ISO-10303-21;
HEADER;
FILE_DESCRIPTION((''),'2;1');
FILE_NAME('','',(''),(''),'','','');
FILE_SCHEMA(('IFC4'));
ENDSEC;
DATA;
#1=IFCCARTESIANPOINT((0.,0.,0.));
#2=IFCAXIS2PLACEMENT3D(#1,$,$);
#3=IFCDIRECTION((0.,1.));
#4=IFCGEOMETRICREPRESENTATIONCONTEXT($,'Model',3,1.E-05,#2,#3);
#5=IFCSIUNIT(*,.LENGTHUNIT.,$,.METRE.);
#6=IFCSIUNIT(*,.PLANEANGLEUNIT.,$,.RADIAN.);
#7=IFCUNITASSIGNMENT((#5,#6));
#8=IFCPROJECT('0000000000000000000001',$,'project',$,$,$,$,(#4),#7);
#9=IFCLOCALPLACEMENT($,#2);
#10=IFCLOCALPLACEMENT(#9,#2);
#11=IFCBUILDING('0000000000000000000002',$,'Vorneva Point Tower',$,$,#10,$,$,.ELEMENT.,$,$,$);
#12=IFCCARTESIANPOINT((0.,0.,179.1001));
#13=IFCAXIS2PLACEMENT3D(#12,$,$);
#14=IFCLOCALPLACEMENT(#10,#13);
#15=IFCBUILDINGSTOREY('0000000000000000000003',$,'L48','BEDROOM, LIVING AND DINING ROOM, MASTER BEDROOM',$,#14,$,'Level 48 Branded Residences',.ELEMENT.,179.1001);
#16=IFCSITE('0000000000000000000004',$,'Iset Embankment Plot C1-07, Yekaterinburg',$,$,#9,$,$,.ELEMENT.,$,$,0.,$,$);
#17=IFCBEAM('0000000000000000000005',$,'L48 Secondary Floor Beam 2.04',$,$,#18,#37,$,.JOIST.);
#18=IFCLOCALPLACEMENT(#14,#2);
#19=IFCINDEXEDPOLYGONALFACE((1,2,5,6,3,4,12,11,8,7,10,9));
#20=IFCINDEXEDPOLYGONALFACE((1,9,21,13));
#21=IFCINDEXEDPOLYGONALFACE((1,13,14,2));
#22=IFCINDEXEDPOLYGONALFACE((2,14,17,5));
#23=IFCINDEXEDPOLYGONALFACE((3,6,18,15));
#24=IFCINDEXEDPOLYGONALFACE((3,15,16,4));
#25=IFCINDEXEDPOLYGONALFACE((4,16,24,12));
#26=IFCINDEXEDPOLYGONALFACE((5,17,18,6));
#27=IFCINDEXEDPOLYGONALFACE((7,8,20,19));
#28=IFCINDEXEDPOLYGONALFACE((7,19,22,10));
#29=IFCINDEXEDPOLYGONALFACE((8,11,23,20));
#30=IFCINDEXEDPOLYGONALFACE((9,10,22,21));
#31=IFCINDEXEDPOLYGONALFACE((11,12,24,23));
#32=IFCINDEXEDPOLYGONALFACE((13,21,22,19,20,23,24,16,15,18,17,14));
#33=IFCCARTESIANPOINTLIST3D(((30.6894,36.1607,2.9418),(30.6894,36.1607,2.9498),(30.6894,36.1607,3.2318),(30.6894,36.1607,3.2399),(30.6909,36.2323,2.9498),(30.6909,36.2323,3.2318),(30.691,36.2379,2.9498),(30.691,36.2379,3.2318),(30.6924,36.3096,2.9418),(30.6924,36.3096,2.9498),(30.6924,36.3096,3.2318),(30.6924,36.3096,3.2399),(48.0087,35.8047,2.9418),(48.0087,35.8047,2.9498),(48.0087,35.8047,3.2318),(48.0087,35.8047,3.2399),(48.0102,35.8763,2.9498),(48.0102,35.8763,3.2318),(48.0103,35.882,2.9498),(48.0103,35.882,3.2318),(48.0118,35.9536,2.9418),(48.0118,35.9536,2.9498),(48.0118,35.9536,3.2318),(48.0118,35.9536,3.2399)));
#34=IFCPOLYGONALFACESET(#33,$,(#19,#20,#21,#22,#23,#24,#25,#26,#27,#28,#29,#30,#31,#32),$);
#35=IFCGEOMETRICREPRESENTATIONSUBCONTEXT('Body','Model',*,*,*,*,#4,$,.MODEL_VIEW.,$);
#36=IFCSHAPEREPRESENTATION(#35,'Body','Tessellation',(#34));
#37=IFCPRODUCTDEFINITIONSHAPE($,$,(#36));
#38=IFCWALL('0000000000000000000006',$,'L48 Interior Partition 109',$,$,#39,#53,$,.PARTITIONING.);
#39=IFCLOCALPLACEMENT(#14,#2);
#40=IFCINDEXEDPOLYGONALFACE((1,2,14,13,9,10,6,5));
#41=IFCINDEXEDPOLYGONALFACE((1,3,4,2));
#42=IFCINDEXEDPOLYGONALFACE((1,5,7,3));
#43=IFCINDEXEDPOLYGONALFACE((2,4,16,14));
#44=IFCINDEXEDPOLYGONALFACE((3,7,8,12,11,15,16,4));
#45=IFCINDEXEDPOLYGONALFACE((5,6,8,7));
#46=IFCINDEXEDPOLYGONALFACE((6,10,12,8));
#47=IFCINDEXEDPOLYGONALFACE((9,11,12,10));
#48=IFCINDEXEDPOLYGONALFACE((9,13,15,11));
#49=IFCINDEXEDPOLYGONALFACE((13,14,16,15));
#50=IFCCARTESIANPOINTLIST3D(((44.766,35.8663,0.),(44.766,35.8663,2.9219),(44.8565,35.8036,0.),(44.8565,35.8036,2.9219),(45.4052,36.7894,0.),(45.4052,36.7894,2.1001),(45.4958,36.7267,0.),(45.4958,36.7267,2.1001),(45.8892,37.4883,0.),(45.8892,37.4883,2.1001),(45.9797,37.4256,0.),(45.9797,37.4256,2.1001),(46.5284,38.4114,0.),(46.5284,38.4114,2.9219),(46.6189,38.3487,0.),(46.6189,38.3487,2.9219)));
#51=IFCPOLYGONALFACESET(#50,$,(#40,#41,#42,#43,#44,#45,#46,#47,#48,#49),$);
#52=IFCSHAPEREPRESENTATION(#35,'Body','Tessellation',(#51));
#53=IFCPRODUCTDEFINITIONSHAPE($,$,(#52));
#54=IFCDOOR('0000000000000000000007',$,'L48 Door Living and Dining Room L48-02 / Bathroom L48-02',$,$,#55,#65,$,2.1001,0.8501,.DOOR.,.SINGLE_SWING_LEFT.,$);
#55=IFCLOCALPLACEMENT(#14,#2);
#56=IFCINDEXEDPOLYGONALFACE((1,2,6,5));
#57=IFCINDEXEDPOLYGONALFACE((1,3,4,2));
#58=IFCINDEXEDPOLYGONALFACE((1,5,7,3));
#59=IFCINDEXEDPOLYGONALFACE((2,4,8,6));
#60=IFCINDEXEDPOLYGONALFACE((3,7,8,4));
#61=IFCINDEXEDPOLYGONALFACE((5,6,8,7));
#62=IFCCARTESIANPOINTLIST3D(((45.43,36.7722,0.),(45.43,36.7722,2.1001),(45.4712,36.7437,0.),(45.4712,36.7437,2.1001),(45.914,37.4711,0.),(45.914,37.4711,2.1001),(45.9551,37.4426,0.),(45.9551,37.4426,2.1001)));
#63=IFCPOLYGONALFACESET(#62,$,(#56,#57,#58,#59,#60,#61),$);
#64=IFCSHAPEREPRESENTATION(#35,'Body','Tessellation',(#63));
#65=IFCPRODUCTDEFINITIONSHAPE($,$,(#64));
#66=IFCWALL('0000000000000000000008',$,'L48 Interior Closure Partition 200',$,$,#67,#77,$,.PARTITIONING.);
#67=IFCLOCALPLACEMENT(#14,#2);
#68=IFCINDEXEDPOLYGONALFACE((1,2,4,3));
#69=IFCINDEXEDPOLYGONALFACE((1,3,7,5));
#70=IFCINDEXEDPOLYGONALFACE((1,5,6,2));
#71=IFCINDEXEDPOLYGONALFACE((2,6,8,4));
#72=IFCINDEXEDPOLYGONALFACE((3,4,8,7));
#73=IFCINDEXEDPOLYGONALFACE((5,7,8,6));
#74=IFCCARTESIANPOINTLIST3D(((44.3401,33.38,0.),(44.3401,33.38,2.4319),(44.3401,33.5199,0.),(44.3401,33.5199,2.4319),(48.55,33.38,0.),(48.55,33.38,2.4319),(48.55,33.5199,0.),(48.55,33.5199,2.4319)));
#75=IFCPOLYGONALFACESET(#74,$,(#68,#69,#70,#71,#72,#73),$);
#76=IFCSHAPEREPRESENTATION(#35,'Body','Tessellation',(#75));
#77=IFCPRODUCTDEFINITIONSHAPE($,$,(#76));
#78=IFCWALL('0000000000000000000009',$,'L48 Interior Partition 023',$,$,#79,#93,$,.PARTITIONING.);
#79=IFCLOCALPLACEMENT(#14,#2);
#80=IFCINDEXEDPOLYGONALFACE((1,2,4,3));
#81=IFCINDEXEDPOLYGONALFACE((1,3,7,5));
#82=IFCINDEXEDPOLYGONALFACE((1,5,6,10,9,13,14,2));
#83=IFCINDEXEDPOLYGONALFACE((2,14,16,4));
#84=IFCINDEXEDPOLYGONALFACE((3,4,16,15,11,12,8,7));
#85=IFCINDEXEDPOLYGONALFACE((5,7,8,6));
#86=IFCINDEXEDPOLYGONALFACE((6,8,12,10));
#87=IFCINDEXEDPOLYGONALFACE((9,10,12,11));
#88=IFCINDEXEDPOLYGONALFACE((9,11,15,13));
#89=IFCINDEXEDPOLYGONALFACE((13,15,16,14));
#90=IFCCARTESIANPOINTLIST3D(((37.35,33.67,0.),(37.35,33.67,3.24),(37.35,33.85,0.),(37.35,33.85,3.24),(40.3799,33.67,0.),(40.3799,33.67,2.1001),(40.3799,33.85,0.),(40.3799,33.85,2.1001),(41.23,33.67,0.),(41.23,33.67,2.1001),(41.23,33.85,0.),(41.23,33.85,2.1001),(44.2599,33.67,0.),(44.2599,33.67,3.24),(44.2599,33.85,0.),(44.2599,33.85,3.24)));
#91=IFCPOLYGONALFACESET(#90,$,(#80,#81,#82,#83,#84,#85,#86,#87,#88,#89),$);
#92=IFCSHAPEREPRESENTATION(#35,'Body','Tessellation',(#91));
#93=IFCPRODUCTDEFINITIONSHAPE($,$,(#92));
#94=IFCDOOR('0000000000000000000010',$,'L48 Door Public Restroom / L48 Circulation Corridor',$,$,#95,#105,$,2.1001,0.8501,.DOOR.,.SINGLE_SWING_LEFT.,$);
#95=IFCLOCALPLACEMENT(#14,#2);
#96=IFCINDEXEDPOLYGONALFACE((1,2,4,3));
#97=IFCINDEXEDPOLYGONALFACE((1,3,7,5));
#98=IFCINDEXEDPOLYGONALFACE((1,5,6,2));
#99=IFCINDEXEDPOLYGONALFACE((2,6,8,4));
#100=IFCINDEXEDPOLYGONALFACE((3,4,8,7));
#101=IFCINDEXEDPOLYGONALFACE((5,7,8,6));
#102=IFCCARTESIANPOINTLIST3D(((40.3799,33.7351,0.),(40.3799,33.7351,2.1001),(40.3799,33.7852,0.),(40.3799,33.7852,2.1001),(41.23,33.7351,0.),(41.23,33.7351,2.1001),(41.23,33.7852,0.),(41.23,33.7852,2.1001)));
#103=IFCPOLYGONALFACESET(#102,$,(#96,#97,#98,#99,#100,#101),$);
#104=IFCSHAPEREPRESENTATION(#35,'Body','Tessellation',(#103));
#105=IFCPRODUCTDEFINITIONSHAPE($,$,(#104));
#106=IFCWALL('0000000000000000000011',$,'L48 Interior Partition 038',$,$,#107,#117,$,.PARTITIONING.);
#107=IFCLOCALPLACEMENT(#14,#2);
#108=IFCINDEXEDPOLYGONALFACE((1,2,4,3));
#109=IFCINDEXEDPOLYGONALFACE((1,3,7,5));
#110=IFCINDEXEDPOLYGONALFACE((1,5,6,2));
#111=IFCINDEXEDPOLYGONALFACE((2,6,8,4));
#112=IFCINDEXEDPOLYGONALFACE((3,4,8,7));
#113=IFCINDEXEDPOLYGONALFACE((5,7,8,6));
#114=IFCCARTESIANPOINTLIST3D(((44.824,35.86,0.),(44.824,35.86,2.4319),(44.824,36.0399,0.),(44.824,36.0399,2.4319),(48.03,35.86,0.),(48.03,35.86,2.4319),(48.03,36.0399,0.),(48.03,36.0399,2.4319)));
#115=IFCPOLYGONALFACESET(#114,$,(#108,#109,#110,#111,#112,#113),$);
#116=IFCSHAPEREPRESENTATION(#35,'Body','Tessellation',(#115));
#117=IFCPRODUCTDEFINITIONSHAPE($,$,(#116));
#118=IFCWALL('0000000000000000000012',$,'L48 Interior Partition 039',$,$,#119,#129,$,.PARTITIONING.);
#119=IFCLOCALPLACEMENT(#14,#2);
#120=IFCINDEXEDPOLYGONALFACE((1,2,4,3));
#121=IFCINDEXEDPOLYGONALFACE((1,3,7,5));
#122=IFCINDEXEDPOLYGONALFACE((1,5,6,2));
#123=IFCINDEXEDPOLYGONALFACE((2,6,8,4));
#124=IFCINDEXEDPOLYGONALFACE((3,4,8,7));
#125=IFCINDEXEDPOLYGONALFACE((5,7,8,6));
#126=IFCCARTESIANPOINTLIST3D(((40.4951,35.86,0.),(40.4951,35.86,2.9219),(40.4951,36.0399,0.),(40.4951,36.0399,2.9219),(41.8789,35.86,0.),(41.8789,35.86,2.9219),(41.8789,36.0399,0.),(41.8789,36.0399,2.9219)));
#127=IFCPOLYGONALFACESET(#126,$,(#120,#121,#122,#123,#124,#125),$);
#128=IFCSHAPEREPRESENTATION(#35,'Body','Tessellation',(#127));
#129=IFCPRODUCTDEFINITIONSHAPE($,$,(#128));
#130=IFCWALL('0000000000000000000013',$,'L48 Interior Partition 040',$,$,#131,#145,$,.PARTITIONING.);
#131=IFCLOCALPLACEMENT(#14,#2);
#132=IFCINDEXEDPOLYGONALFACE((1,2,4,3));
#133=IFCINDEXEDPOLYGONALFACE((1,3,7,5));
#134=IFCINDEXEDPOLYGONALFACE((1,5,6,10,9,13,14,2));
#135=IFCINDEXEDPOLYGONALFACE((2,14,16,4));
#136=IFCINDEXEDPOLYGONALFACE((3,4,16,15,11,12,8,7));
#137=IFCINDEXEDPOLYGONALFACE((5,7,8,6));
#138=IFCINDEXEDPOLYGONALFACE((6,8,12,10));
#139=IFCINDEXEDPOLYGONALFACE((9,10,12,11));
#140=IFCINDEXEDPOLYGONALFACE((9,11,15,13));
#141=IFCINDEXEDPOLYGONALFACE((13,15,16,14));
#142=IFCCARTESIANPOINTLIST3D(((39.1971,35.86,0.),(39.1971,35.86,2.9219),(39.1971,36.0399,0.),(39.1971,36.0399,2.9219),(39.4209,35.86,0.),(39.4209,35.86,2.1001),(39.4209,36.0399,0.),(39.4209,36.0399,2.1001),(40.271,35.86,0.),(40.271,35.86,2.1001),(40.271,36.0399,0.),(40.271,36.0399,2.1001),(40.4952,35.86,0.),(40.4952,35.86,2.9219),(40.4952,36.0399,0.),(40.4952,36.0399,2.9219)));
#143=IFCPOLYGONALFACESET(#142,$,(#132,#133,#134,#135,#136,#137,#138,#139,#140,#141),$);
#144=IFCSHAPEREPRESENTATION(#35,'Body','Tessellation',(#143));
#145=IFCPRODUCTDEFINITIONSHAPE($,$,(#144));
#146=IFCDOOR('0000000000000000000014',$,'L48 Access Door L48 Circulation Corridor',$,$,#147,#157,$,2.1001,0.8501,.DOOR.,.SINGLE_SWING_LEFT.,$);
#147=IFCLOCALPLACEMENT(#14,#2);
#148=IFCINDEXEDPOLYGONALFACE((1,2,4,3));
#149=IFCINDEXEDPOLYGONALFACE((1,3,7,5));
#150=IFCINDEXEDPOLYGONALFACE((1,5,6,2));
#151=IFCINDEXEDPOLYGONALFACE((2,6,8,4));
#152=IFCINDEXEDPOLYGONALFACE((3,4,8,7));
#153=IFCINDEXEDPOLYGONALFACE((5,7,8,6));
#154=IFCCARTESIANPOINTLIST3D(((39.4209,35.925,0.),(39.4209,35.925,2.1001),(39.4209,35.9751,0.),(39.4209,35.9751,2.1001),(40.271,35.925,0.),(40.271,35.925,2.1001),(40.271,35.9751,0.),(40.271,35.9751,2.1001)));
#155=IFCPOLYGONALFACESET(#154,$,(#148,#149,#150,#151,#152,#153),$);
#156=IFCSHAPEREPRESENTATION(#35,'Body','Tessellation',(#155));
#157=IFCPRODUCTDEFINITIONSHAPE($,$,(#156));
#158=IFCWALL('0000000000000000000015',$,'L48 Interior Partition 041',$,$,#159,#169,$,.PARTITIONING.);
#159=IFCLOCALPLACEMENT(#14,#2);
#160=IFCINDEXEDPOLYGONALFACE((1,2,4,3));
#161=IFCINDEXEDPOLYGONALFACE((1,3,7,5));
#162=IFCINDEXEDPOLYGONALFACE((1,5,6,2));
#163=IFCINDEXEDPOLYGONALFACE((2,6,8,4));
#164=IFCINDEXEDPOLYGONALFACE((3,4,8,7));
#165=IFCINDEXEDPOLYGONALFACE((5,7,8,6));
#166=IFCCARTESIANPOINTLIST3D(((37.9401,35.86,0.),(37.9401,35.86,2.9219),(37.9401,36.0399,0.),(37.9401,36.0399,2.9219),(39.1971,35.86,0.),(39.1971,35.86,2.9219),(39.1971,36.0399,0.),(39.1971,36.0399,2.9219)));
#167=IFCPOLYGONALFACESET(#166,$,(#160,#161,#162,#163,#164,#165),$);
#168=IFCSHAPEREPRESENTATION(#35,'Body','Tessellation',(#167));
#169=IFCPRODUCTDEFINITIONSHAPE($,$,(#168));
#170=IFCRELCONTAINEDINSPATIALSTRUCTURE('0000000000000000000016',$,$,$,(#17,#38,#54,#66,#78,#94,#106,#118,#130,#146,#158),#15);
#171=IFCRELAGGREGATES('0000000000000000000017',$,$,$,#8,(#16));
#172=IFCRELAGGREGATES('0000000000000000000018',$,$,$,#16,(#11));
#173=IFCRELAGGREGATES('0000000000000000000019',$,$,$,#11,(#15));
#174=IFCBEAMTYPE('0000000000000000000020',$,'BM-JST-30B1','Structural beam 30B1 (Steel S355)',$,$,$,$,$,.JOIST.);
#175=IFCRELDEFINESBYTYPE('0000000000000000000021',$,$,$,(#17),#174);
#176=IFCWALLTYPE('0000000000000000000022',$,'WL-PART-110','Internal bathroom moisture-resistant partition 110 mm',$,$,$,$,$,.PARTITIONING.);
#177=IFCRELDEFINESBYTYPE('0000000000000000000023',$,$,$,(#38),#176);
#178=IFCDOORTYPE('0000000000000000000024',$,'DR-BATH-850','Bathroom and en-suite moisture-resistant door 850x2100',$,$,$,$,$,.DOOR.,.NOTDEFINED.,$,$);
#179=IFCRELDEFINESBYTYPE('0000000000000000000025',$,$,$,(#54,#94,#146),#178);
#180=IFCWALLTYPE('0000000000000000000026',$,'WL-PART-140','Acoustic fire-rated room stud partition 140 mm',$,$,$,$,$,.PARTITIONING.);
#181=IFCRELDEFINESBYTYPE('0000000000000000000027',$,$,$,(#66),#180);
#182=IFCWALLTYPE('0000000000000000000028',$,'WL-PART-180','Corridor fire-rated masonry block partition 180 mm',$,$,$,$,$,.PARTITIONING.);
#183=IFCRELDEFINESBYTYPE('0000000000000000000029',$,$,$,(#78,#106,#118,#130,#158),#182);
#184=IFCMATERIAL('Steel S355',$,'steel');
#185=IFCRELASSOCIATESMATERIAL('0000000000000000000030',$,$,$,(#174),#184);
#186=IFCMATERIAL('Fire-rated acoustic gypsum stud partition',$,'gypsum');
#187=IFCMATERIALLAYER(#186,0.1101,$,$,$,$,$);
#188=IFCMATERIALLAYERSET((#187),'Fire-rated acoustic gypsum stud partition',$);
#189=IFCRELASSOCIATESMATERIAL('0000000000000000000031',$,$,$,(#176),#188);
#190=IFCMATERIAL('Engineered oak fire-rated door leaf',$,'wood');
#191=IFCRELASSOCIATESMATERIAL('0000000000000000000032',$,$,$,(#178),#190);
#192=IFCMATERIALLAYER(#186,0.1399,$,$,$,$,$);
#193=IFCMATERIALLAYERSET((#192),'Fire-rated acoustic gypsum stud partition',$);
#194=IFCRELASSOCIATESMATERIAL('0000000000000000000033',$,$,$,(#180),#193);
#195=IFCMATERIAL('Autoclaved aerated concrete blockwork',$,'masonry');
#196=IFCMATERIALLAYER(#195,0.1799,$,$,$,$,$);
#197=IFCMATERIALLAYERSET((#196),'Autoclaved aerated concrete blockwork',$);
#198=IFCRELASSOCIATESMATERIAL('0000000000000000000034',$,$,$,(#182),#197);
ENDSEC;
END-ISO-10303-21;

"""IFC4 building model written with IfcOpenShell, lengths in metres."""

from ifc_helpers import new_model, si_unit, direction, frame, frame_2d, origin, origin_2d, place, context, subcontext, project, spatial, rectangle, i_section, extrude, material, layer, layer_set, material_profile, profile_set, type_object, element, fill, save


model = new_model("IFC4")

# Units and contexts
model_context = context("Model", 3, precision=1e-05, world=origin(), true_north=direction((0.0, 1.0)))
body_context = subcontext(model_context, "Body", "Model", "MODEL_VIEW")
ifc_project = project(units=[si_unit("LENGTHUNIT", "METRE"), si_unit("PLANEANGLEUNIT", "RADIAN")], contexts=[model_context])

# Site, building, storey
site_placement = place(None, origin())
site = spatial("IfcSite", under=ifc_project, at=site_placement, Name="Iset Embankment Plot C1-07, Yekaterinburg", CompositionType="ELEMENT", RefElevation=0.0)
building_placement = place(site_placement, origin())
building = spatial("IfcBuilding", under=site, at=building_placement, Name="Vorneva Point Tower", CompositionType="ELEMENT")
storey_placement = place(building_placement, frame((0.0, 0.0, 179.1001)))
storey = spatial("IfcBuildingStorey", under=building, at=storey_placement, Name="L48", Description="BEDROOM, LIVING AND DINING ROOM, MASTER BEDROOM", LongName="Level 48 Branded Residences", CompositionType="ELEMENT", Elevation=179.1001)

# Beam
ifc_material_1 = material(Name="Steel S355", Category="steel")
ifc_material_profile = material_profile(ifc_material_1, i_section(OverallWidth=0.1489, OverallDepth=0.2981, WebThickness=0.0056, FlangeThickness=0.0081, at=origin_2d()), Name="30B1")
ifc_profile_set = profile_set([ifc_material_profile], Name="Steel S355")
beam_type = type_object("IfcBeamType", Name="BM-JST-30B1", Description="Structural beam 30B1 (Steel S355)", PredefinedType="JOIST", material=ifc_profile_set)
beam_placement = place(storey_placement, frame((48.0103, 35.8792, 3.0908), z_axis=(-0.999789, 0.020548, 0.0), x_axis=(-0.020548, -0.999789, 0.0)))
element("IfcBeam", 1, at=beam_placement, inside=storey, type_object=beam_type, Name="L48 Secondary Floor Beam 2.04", PredefinedType="JOIST", context=body_context, shape_type="SweptSolid", body=[
    extrude(i_section(OverallWidth=0.1489, OverallDepth=0.2981, WebThickness=0.0056, FlangeThickness=0.0081, at=origin_2d()), origin(), (0.0, 0.0, 1.0), 17.323),
])

# Wall, opening, door
ifc_material_2 = material(Name="Fire-rated acoustic gypsum stud partition", Category="gypsum")
ifc_layer_1 = layer(ifc_material_2, 0.1101)
ifc_layer_set_1 = layer_set([ifc_layer_1], Name="Fire-rated acoustic gypsum stud partition")
wall_type_1 = type_object("IfcWallType", Name="WL-PART-110", Description="Internal bathroom moisture-resistant partition 110 mm", PredefinedType="PARTITIONING", material=ifc_layer_set_1)
wall_1_placement = place(storey_placement, frame((44.8113, 35.835, 0.0), z_axis=(0.0, 0.0, 1.0), x_axis=(0.5693, 0.82213, 0.0)))
wall_1 = element("IfcWall", 2, at=wall_1_placement, inside=storey, type_object=wall_type_1, Name="L48 Interior Partition 109", PredefinedType="PARTITIONING", context=body_context, shape_type="SweptSolid", body=[
    extrude(rectangle(XDim=3.0957, YDim=0.1101, at=frame_2d((1.5479, 0.0))), origin(), (0.0, 0.0, 1.0), 2.9219),
])
opening_1_placement = place(wall_1_placement, frame((1.1228, 0.0, 0.0)))
opening_1 = element("IfcOpeningElement", 3, at=opening_1_placement, cuts=wall_1, PredefinedType="OPENING", context=body_context, shape_type="SweptSolid", body=[
    extrude(rectangle(XDim=0.8501, YDim=2.1001, at=frame_2d((0.425, 1.05))), frame((0.0, 0.0698, 0.0), z_axis=(0.0, -1.0, 0.0), x_axis=(1.0, 0.0, 0.0)), (0.0, 0.0, 1.0), 0.1399),
])
ifc_material_3 = material(Name="Engineered oak fire-rated door leaf", Category="wood")
door_type_1 = type_object("IfcDoorType", Name="DR-BATH-850", Description="Bathroom and en-suite moisture-resistant door 850x2100", OperationType="NOTDEFINED", PredefinedType="DOOR", material=ifc_material_3)
door_1_placement = place(opening_1_placement, origin())
door_1 = element("IfcDoor", 4, at=door_1_placement, inside=storey, type_object=door_type_1, Name="L48 Door Living and Dining Room L48-02 / Bathroom L48-02", OperationType="SINGLE_SWING_LEFT", OverallHeight=2.1001, OverallWidth=0.8501, PredefinedType="DOOR", context=body_context, shape_type="SweptSolid", body=[
    extrude(rectangle(XDim=0.8501, YDim=2.1001, at=frame_2d((0.425, 1.05))), frame((0.0, 0.0249, 0.0), z_axis=(0.0, -1.0, 0.0), x_axis=(1.0, 0.0, 0.0)), (0.0, 0.0, 1.0), 0.05),
])
fill(opening_1, door_1)

# Wall
ifc_layer_2 = layer(ifc_material_2, 0.1399)
ifc_layer_set_2 = layer_set([ifc_layer_2], Name="Fire-rated acoustic gypsum stud partition")
wall_type_2 = type_object("IfcWallType", Name="WL-PART-140", Description="Acoustic fire-rated room stud partition 140 mm", PredefinedType="PARTITIONING", material=ifc_layer_set_2)
wall_2_placement = place(storey_placement, frame((48.55, 33.45, 0.0), z_axis=(0.0, 0.0, 1.0), x_axis=(-1.0, 0.0, 0.0)))
element("IfcWall", 5, at=wall_2_placement, inside=storey, type_object=wall_type_2, Name="L48 Interior Closure Partition 200", PredefinedType="PARTITIONING", context=body_context, shape_type="SweptSolid", body=[
    extrude(rectangle(XDim=4.21, YDim=0.1399, at=frame_2d((2.105, 0.0))), origin(), (0.0, 0.0, 1.0), 2.4319),
])

# Wall, opening, door
ifc_material_4 = material(Name="Autoclaved aerated concrete blockwork", Category="masonry")
ifc_layer_3 = layer(ifc_material_4, 0.1799)
ifc_layer_set_3 = layer_set([ifc_layer_3], Name="Autoclaved aerated concrete blockwork")
wall_type_3 = type_object("IfcWallType", Name="WL-PART-180", Description="Corridor fire-rated masonry block partition 180 mm", PredefinedType="PARTITIONING", material=ifc_layer_set_3)
wall_3_placement = place(storey_placement, frame((44.26, 33.76, 0.0), z_axis=(0.0, 0.0, 1.0), x_axis=(-1.0, 0.0, 0.0)))
wall_3 = element("IfcWall", 6, at=wall_3_placement, inside=storey, type_object=wall_type_3, Name="L48 Interior Partition 023", PredefinedType="PARTITIONING", context=body_context, shape_type="SweptSolid", body=[
    extrude(rectangle(XDim=6.9099, YDim=0.1799, at=frame_2d((3.4551, 0.0))), origin(), (0.0, 0.0, 1.0), 3.24),
])
opening_2_placement = place(wall_3_placement, frame((3.03, 0.0, 0.0)))
opening_2 = element("IfcOpeningElement", 7, at=opening_2_placement, cuts=wall_3, PredefinedType="OPENING", context=body_context, shape_type="SweptSolid", body=[
    extrude(rectangle(XDim=0.8501, YDim=2.1001, at=frame_2d((0.425, 1.05))), frame((0.0, 0.105, 0.0), z_axis=(0.0, -1.0, 0.0), x_axis=(1.0, 0.0, 0.0)), (0.0, 0.0, 1.0), 0.2097),
])
door_2_placement = place(opening_2_placement, origin())
door_2 = element("IfcDoor", 8, at=door_2_placement, inside=storey, type_object=door_type_1, Name="L48 Door Public Restroom / L48 Circulation Corridor", OperationType="SINGLE_SWING_LEFT", OverallHeight=2.1001, OverallWidth=0.8501, PredefinedType="DOOR", context=body_context, shape_type="SweptSolid", body=[
    extrude(rectangle(XDim=0.8501, YDim=2.1001, at=frame_2d((0.425, 1.05))), frame((0.0, 0.0249, 0.0), z_axis=(0.0, -1.0, 0.0), x_axis=(1.0, 0.0, 0.0)), (0.0, 0.0, 1.0), 0.05),
])
fill(opening_2, door_2)

# Walls
wall_4_placement = place(storey_placement, frame((48.03, 35.95, 0.0), z_axis=(0.0, 0.0, 1.0), x_axis=(-1.0, 0.0, 0.0)))
element("IfcWall", 9, at=wall_4_placement, inside=storey, type_object=wall_type_3, Name="L48 Interior Partition 038", PredefinedType="PARTITIONING", context=body_context, shape_type="SweptSolid", body=[
    extrude(rectangle(XDim=3.2061, YDim=0.1799, at=frame_2d((1.603, 0.0))), origin(), (0.0, 0.0, 1.0), 2.4319),
])
wall_5_placement = place(storey_placement, frame((41.8789, 35.95, 0.0), z_axis=(0.0, 0.0, 1.0), x_axis=(-1.0, 0.0, 0.0)))
element("IfcWall", 10, at=wall_5_placement, inside=storey, type_object=wall_type_3, Name="L48 Interior Partition 039", PredefinedType="PARTITIONING", context=body_context, shape_type="SweptSolid", body=[
    extrude(rectangle(XDim=1.3838, YDim=0.1799, at=frame_2d((0.6919, 0.0))), origin(), (0.0, 0.0, 1.0), 2.9219),
])

# Wall, opening, door
wall_6_placement = place(storey_placement, frame((40.4951, 35.95, 0.0), z_axis=(0.0, 0.0, 1.0), x_axis=(-1.0, 0.0, 0.0)))
wall_6 = element("IfcWall", 11, at=wall_6_placement, inside=storey, type_object=wall_type_3, Name="L48 Interior Partition 040", PredefinedType="PARTITIONING", context=body_context, shape_type="SweptSolid", body=[
    extrude(rectangle(XDim=1.2981, YDim=0.1799, at=frame_2d((0.6489, 0.0))), origin(), (0.0, 0.0, 1.0), 2.9219),
])
opening_3_placement = place(wall_6_placement, frame((0.2241, 0.0, 0.0)))
opening_3 = element("IfcOpeningElement", 12, at=opening_3_placement, cuts=wall_6, PredefinedType="OPENING", context=body_context, shape_type="SweptSolid", body=[
    extrude(rectangle(XDim=0.8501, YDim=2.1001, at=frame_2d((0.425, 1.05))), frame((0.0, 0.105, 0.0), z_axis=(0.0, -1.0, 0.0), x_axis=(1.0, 0.0, 0.0)), (0.0, 0.0, 1.0), 0.2097),
])
door_3_placement = place(opening_3_placement, origin())
door_3 = element("IfcDoor", 13, at=door_3_placement, inside=storey, type_object=door_type_1, Name="L48 Access Door L48 Circulation Corridor", OperationType="SINGLE_SWING_LEFT", OverallHeight=2.1001, OverallWidth=0.8501, PredefinedType="DOOR", context=body_context, shape_type="SweptSolid", body=[
    extrude(rectangle(XDim=0.8501, YDim=2.1001, at=frame_2d((0.425, 1.05))), frame((0.0, 0.0249, 0.0), z_axis=(0.0, -1.0, 0.0), x_axis=(1.0, 0.0, 0.0)), (0.0, 0.0, 1.0), 0.05),
])
fill(opening_3, door_3)

# Wall
wall_7_placement = place(storey_placement, frame((39.197, 35.95, 0.0), z_axis=(0.0, 0.0, 1.0), x_axis=(-1.0, 0.0, 0.0)))
element("IfcWall", 14, at=wall_7_placement, inside=storey, type_object=wall_type_3, Name="L48 Interior Partition 041", PredefinedType="PARTITIONING", context=body_context, shape_type="SweptSolid", body=[
    extrude(rectangle(XDim=1.2571, YDim=0.1799, at=frame_2d((0.6284, 0.0))), origin(), (0.0, 0.0, 1.0), 2.9219),
])

save(model, "model.ifc")
